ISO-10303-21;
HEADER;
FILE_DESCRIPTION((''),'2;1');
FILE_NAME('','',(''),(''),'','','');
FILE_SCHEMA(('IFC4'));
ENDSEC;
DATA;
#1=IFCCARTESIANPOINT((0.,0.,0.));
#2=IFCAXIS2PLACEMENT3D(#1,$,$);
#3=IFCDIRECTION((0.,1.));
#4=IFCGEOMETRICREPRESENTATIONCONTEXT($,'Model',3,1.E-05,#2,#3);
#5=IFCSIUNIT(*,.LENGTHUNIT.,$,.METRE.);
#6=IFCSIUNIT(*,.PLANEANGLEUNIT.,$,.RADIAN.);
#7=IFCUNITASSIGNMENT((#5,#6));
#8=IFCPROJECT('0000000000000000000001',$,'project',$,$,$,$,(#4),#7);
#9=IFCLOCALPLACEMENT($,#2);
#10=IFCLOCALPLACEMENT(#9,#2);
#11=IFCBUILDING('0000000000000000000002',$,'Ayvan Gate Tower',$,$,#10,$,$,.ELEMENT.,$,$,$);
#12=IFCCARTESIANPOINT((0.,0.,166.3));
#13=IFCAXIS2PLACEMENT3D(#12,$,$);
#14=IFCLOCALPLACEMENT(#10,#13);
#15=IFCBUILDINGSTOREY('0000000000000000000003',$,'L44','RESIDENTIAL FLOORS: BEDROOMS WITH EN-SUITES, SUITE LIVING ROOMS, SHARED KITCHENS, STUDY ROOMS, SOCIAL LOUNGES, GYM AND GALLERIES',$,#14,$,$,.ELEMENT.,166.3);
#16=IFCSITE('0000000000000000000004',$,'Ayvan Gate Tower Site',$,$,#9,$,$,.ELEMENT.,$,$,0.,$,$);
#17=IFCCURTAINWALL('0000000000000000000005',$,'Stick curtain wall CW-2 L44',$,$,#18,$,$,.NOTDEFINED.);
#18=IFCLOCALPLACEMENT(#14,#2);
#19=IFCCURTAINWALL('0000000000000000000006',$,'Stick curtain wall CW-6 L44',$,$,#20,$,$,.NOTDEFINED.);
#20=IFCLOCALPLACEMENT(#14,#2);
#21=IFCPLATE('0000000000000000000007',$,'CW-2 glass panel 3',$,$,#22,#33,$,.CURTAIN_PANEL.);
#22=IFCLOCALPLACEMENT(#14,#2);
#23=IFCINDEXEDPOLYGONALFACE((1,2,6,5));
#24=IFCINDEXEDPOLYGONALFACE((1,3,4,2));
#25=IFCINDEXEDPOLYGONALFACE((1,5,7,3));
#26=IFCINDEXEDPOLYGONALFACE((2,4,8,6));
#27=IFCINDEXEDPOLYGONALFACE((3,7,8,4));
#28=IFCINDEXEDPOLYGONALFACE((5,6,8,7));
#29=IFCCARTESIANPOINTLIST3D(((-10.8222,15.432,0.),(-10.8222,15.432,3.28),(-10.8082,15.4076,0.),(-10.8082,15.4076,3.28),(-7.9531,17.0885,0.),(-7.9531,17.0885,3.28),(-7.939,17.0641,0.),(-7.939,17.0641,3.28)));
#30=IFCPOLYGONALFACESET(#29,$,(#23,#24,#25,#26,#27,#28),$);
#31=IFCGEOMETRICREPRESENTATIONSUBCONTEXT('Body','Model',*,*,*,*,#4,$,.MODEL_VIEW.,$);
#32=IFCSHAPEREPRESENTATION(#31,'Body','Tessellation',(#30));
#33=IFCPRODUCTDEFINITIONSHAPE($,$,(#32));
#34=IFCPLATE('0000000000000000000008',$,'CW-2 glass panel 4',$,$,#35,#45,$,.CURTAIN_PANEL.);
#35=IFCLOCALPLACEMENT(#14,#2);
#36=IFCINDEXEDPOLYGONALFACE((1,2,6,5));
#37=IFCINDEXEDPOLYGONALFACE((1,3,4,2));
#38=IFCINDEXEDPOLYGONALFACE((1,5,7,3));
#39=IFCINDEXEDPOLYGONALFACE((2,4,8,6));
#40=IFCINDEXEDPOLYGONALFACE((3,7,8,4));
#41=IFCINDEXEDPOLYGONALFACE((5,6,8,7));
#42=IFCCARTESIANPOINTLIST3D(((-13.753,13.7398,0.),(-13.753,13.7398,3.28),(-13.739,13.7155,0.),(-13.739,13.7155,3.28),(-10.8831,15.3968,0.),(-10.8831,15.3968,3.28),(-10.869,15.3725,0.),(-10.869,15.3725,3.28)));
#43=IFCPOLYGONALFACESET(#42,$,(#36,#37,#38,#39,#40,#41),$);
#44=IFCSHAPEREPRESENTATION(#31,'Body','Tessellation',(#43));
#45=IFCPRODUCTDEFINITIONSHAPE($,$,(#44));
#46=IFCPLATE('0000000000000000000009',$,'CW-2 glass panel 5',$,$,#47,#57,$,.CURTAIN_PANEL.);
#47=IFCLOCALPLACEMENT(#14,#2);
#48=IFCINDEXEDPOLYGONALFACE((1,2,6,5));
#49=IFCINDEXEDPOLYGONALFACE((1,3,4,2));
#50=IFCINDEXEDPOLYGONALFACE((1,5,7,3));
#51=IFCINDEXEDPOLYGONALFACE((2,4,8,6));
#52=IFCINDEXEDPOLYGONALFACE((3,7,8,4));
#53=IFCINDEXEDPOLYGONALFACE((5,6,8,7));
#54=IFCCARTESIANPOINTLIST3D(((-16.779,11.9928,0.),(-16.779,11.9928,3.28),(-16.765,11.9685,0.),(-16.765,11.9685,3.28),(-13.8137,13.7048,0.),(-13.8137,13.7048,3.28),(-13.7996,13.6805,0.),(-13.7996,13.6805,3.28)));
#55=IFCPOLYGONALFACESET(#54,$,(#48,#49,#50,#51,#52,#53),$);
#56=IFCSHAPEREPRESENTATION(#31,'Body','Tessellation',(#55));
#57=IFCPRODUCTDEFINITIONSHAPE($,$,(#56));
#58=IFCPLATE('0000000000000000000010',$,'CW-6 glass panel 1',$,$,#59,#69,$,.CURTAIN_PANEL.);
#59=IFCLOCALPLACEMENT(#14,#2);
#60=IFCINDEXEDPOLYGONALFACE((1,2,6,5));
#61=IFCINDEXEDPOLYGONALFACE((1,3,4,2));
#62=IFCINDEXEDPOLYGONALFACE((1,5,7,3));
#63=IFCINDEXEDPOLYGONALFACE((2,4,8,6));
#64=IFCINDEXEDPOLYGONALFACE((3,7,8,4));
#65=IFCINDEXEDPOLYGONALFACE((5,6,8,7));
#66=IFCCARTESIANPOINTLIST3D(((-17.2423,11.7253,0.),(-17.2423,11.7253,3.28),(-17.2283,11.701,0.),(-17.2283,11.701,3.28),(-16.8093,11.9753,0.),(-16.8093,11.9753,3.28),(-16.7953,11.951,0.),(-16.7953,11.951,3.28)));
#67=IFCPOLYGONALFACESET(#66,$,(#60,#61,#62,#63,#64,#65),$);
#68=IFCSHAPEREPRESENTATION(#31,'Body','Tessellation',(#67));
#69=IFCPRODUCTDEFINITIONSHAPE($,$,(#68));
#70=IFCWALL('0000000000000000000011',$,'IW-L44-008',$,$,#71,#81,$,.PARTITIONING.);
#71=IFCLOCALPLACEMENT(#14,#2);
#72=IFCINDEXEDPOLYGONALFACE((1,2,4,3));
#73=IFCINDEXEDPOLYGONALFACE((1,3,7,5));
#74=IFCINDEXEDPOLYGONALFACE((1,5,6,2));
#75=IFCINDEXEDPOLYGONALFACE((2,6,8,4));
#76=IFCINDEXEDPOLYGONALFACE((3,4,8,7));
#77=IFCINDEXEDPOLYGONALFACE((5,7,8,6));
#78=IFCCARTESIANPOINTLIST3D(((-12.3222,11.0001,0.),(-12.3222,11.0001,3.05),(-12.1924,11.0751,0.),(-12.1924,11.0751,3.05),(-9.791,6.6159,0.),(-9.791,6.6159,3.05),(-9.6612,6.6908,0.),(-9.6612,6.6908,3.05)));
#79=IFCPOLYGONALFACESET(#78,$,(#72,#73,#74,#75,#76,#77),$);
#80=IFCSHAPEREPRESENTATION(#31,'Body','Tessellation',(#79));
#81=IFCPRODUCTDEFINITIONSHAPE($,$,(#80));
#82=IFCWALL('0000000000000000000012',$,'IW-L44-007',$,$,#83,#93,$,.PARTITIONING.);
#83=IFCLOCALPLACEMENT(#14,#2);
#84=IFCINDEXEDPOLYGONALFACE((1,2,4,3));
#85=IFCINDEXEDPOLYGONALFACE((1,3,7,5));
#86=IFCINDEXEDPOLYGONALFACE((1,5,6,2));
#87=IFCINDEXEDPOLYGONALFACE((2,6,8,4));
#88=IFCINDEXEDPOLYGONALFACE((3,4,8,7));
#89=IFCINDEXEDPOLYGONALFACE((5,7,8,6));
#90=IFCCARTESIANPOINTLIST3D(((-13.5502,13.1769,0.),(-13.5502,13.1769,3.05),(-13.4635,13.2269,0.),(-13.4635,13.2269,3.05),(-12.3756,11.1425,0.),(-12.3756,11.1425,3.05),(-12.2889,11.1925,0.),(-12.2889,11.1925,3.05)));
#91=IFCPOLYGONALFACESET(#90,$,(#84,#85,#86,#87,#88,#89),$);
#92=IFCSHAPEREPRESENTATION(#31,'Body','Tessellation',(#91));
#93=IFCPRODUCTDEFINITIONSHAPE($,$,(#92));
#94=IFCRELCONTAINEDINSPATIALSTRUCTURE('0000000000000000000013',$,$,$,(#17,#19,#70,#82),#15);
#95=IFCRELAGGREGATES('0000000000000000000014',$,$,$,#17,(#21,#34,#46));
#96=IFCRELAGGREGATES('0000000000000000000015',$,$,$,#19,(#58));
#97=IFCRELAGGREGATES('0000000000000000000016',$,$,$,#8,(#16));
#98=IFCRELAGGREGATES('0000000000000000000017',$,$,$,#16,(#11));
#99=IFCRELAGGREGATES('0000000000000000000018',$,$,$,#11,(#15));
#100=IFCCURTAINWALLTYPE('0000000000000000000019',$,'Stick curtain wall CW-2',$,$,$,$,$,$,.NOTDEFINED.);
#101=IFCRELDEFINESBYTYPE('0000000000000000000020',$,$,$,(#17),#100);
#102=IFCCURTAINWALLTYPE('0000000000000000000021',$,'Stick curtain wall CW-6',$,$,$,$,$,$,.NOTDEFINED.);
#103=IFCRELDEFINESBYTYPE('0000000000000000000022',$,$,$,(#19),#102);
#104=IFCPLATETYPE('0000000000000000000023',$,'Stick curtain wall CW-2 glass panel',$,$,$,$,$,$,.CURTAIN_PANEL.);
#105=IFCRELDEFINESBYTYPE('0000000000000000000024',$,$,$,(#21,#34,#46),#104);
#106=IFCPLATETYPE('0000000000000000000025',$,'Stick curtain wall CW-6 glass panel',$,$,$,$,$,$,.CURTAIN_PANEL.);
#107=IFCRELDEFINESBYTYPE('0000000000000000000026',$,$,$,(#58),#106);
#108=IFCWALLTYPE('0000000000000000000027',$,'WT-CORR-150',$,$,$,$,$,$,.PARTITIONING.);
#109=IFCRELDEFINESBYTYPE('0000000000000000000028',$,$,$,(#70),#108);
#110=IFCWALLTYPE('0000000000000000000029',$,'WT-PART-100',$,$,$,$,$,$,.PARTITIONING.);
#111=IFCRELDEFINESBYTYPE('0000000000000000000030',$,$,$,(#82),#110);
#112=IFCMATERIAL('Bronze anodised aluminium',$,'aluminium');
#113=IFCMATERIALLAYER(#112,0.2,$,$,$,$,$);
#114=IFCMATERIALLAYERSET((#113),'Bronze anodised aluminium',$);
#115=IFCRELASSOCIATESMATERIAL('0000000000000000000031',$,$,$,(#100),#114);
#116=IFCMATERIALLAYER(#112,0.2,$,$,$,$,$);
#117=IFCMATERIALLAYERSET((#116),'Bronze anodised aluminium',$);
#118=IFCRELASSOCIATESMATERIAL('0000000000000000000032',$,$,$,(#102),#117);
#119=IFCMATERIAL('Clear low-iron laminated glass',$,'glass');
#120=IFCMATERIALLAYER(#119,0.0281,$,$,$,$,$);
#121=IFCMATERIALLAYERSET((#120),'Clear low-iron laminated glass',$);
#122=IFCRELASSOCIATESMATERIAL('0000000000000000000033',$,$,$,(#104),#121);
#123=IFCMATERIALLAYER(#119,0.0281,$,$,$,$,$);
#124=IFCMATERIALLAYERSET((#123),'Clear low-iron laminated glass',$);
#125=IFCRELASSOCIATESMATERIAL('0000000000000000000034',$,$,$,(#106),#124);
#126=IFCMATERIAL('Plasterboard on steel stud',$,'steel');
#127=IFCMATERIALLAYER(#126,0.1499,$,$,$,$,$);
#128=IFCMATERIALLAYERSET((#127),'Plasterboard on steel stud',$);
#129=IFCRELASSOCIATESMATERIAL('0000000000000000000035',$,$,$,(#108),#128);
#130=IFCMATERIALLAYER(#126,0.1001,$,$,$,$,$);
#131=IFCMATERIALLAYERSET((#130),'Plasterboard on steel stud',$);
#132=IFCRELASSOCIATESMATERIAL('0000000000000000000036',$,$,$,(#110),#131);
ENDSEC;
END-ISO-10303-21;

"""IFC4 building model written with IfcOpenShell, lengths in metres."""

from ifc_helpers import new_model, si_unit, direction, frame, frame_2d, origin, origin_2d, place, context, subcontext, project, spatial, rectangle, extrude, material, layer, layer_set, type_object, element, aggregate, save


model = new_model("IFC4")

# Units and contexts
model_context = context("Model", 3, precision=1e-05, world=origin(), true_north=direction((0.0, 1.0)))
body_context = subcontext(model_context, "Body", "Model", "MODEL_VIEW")
ifc_project = project(units=[si_unit("LENGTHUNIT", "METRE"), si_unit("PLANEANGLEUNIT", "RADIAN")], contexts=[model_context])

# Site, building, storey
site_placement = place(None, origin())
site = spatial("IfcSite", under=ifc_project, at=site_placement, Name="Ayvan Gate Tower Site", CompositionType="ELEMENT", RefElevation=0.0)
building_placement = place(site_placement, origin())
building = spatial("IfcBuilding", under=site, at=building_placement, Name="Ayvan Gate Tower", CompositionType="ELEMENT")
storey_placement = place(building_placement, frame((0.0, 0.0, 166.3)))
storey = spatial("IfcBuildingStorey", under=building, at=storey_placement, Name="L44", Description="RESIDENTIAL FLOORS: BEDROOMS WITH EN-SUITES, SUITE LIVING ROOMS, SHARED KITCHENS, STUDY ROOMS, SOCIAL LOUNGES, GYM AND GALLERIES", CompositionType="ELEMENT", Elevation=166.3)

# Curtain walls
ifc_material_1 = material(Name="Bronze anodised aluminium", Category="aluminium")
ifc_layer_1 = layer(ifc_material_1, 0.2)
ifc_layer_set_1 = layer_set([ifc_layer_1], Name="Bronze anodised aluminium")
curtain_wall_type_1 = type_object("IfcCurtainWallType", Name="Stick curtain wall CW-2", PredefinedType="NOTDEFINED", material=ifc_layer_set_1)
curtain_wall_1_placement = place(storey_placement, origin())
curtain_wall_1 = element("IfcCurtainWall", 1, at=curtain_wall_1_placement, inside=storey, type_object=curtain_wall_type_1, Name="Stick curtain wall CW-2 L44", PredefinedType="NOTDEFINED")
ifc_layer_2 = layer(ifc_material_1, 0.2)
ifc_layer_set_2 = layer_set([ifc_layer_2], Name="Bronze anodised aluminium")
curtain_wall_type_2 = type_object("IfcCurtainWallType", Name="Stick curtain wall CW-6", PredefinedType="NOTDEFINED", material=ifc_layer_set_2)
curtain_wall_2_placement = place(storey_placement, origin())
curtain_wall_2 = element("IfcCurtainWall", 2, at=curtain_wall_2_placement, inside=storey, type_object=curtain_wall_type_2, Name="Stick curtain wall CW-6 L44", PredefinedType="NOTDEFINED")

# Plates
ifc_material_2 = material(Name="Clear low-iron laminated glass", Category="glass")
ifc_layer_3 = layer(ifc_material_2, 0.0281)
ifc_layer_set_3 = layer_set([ifc_layer_3], Name="Clear low-iron laminated glass")
plate_type_1 = type_object("IfcPlateType", Name="Stick curtain wall CW-2 glass panel", PredefinedType="CURTAIN_PANEL", material=ifc_layer_set_3)
plate_1_placement = place(storey_placement, frame((-9.3806, 16.248, 0.0), z_axis=(0.0, 0.0, 1.0), x_axis=(-0.866025, -0.5, 0.0)))
plate_1 = element("IfcPlate", 3, at=plate_1_placement, type_object=plate_type_1, Name="CW-2 glass panel 3", PredefinedType="CURTAIN_PANEL", context=body_context, shape_type="SweptSolid", body=[
    extrude(rectangle(XDim=3.313, YDim=0.0281, at=origin_2d()), origin(), (0.0, 0.0, 1.0), 3.28),
])
plate_2_placement = place(storey_placement, frame((-12.311, 14.5562, 0.0), z_axis=(0.0, 0.0, 1.0), x_axis=(-0.866025, -0.5, 0.0)))
plate_2 = element("IfcPlate", 4, at=plate_2_placement, type_object=plate_type_1, Name="CW-2 glass panel 4", PredefinedType="CURTAIN_PANEL", context=body_context, shape_type="SweptSolid", body=[
    extrude(rectangle(XDim=3.314, YDim=0.0281, at=origin_2d()), origin(), (0.0, 0.0, 1.0), 3.28),
])
plate_3_placement = place(storey_placement, frame((-15.2893, 12.8367, 0.0), z_axis=(0.0, 0.0, 1.0), x_axis=(-0.866025, -0.5, 0.0)))
plate_3 = element("IfcPlate", 5, at=plate_3_placement, type_object=plate_type_1, Name="CW-2 glass panel 5", PredefinedType="CURTAIN_PANEL", context=body_context, shape_type="SweptSolid", body=[
    extrude(rectangle(XDim=3.4241, YDim=0.0281, at=origin_2d()), origin(), (0.0, 0.0, 1.0), 3.28),
])
aggregate(curtain_wall_1, [plate_1, plate_2, plate_3])
ifc_layer_4 = layer(ifc_material_2, 0.0281)
ifc_layer_set_4 = layer_set([ifc_layer_4], Name="Clear low-iron laminated glass")
plate_type_2 = type_object("IfcPlateType", Name="Stick curtain wall CW-6 glass panel", PredefinedType="CURTAIN_PANEL", material=ifc_layer_set_4)
plate_4_placement = place(storey_placement, frame((-17.0188, 11.8381, 0.0), z_axis=(0.0, 0.0, 1.0), x_axis=(-0.866025, -0.5, 0.0)))
plate_4 = element("IfcPlate", 6, at=plate_4_placement, type_object=plate_type_2, Name="CW-6 glass panel 1", PredefinedType="CURTAIN_PANEL", context=body_context, shape_type="SweptSolid", body=[
    extrude(rectangle(XDim=0.5, YDim=0.0281, at=origin_2d()), origin(), (0.0, 0.0, 1.0), 3.28),
])
aggregate(curtain_wall_2, [plate_4])

# Walls
ifc_material_3 = material(Name="Plasterboard on steel stud", Category="steel")
ifc_layer_5 = layer(ifc_material_3, 0.1499)
ifc_layer_set_5 = layer_set([ifc_layer_5], Name="Plasterboard on steel stud")
wall_type_1 = type_object("IfcWallType", Name="WT-CORR-150", PredefinedType="PARTITIONING", material=ifc_layer_set_5)
wall_1_placement = place(storey_placement, frame((-12.2573, 11.0376, 0.0), z_axis=(0.0, 0.0, 1.0), x_axis=(0.499998, -0.866027, 0.0)))
element("IfcWall", 7, at=wall_1_placement, inside=storey, type_object=wall_type_1, Name="IW-L44-008", PredefinedType="PARTITIONING", context=body_context, shape_type="SweptSolid", body=[
    extrude(rectangle(XDim=5.0625, YDim=0.1499, at=frame_2d((2.5312, 0.0))), origin(), (0.0, 0.0, 1.0), 3.05),
])
ifc_layer_6 = layer(ifc_material_3, 0.1001)
ifc_layer_set_6 = layer_set([ifc_layer_6], Name="Plasterboard on steel stud")
wall_type_2 = type_object("IfcWallType", Name="WT-PART-100", PredefinedType="PARTITIONING", material=ifc_layer_set_6)
wall_2_placement = place(storey_placement, frame((-13.5068, 13.2019, 0.0), z_axis=(0.0, 0.0, 1.0), x_axis=(0.499995, -0.866028, 0.0)))
element("IfcWall", 8, at=wall_2_placement, inside=storey, type_object=wall_type_2, Name="IW-L44-007", PredefinedType="PARTITIONING", context=body_context, shape_type="SweptSolid", body=[
    extrude(rectangle(XDim=2.3491, YDim=0.1001, at=frame_2d((1.1746, 0.0))), origin(), (0.0, 0.0, 1.0), 3.05),
])

save(model, "model.ifc")
